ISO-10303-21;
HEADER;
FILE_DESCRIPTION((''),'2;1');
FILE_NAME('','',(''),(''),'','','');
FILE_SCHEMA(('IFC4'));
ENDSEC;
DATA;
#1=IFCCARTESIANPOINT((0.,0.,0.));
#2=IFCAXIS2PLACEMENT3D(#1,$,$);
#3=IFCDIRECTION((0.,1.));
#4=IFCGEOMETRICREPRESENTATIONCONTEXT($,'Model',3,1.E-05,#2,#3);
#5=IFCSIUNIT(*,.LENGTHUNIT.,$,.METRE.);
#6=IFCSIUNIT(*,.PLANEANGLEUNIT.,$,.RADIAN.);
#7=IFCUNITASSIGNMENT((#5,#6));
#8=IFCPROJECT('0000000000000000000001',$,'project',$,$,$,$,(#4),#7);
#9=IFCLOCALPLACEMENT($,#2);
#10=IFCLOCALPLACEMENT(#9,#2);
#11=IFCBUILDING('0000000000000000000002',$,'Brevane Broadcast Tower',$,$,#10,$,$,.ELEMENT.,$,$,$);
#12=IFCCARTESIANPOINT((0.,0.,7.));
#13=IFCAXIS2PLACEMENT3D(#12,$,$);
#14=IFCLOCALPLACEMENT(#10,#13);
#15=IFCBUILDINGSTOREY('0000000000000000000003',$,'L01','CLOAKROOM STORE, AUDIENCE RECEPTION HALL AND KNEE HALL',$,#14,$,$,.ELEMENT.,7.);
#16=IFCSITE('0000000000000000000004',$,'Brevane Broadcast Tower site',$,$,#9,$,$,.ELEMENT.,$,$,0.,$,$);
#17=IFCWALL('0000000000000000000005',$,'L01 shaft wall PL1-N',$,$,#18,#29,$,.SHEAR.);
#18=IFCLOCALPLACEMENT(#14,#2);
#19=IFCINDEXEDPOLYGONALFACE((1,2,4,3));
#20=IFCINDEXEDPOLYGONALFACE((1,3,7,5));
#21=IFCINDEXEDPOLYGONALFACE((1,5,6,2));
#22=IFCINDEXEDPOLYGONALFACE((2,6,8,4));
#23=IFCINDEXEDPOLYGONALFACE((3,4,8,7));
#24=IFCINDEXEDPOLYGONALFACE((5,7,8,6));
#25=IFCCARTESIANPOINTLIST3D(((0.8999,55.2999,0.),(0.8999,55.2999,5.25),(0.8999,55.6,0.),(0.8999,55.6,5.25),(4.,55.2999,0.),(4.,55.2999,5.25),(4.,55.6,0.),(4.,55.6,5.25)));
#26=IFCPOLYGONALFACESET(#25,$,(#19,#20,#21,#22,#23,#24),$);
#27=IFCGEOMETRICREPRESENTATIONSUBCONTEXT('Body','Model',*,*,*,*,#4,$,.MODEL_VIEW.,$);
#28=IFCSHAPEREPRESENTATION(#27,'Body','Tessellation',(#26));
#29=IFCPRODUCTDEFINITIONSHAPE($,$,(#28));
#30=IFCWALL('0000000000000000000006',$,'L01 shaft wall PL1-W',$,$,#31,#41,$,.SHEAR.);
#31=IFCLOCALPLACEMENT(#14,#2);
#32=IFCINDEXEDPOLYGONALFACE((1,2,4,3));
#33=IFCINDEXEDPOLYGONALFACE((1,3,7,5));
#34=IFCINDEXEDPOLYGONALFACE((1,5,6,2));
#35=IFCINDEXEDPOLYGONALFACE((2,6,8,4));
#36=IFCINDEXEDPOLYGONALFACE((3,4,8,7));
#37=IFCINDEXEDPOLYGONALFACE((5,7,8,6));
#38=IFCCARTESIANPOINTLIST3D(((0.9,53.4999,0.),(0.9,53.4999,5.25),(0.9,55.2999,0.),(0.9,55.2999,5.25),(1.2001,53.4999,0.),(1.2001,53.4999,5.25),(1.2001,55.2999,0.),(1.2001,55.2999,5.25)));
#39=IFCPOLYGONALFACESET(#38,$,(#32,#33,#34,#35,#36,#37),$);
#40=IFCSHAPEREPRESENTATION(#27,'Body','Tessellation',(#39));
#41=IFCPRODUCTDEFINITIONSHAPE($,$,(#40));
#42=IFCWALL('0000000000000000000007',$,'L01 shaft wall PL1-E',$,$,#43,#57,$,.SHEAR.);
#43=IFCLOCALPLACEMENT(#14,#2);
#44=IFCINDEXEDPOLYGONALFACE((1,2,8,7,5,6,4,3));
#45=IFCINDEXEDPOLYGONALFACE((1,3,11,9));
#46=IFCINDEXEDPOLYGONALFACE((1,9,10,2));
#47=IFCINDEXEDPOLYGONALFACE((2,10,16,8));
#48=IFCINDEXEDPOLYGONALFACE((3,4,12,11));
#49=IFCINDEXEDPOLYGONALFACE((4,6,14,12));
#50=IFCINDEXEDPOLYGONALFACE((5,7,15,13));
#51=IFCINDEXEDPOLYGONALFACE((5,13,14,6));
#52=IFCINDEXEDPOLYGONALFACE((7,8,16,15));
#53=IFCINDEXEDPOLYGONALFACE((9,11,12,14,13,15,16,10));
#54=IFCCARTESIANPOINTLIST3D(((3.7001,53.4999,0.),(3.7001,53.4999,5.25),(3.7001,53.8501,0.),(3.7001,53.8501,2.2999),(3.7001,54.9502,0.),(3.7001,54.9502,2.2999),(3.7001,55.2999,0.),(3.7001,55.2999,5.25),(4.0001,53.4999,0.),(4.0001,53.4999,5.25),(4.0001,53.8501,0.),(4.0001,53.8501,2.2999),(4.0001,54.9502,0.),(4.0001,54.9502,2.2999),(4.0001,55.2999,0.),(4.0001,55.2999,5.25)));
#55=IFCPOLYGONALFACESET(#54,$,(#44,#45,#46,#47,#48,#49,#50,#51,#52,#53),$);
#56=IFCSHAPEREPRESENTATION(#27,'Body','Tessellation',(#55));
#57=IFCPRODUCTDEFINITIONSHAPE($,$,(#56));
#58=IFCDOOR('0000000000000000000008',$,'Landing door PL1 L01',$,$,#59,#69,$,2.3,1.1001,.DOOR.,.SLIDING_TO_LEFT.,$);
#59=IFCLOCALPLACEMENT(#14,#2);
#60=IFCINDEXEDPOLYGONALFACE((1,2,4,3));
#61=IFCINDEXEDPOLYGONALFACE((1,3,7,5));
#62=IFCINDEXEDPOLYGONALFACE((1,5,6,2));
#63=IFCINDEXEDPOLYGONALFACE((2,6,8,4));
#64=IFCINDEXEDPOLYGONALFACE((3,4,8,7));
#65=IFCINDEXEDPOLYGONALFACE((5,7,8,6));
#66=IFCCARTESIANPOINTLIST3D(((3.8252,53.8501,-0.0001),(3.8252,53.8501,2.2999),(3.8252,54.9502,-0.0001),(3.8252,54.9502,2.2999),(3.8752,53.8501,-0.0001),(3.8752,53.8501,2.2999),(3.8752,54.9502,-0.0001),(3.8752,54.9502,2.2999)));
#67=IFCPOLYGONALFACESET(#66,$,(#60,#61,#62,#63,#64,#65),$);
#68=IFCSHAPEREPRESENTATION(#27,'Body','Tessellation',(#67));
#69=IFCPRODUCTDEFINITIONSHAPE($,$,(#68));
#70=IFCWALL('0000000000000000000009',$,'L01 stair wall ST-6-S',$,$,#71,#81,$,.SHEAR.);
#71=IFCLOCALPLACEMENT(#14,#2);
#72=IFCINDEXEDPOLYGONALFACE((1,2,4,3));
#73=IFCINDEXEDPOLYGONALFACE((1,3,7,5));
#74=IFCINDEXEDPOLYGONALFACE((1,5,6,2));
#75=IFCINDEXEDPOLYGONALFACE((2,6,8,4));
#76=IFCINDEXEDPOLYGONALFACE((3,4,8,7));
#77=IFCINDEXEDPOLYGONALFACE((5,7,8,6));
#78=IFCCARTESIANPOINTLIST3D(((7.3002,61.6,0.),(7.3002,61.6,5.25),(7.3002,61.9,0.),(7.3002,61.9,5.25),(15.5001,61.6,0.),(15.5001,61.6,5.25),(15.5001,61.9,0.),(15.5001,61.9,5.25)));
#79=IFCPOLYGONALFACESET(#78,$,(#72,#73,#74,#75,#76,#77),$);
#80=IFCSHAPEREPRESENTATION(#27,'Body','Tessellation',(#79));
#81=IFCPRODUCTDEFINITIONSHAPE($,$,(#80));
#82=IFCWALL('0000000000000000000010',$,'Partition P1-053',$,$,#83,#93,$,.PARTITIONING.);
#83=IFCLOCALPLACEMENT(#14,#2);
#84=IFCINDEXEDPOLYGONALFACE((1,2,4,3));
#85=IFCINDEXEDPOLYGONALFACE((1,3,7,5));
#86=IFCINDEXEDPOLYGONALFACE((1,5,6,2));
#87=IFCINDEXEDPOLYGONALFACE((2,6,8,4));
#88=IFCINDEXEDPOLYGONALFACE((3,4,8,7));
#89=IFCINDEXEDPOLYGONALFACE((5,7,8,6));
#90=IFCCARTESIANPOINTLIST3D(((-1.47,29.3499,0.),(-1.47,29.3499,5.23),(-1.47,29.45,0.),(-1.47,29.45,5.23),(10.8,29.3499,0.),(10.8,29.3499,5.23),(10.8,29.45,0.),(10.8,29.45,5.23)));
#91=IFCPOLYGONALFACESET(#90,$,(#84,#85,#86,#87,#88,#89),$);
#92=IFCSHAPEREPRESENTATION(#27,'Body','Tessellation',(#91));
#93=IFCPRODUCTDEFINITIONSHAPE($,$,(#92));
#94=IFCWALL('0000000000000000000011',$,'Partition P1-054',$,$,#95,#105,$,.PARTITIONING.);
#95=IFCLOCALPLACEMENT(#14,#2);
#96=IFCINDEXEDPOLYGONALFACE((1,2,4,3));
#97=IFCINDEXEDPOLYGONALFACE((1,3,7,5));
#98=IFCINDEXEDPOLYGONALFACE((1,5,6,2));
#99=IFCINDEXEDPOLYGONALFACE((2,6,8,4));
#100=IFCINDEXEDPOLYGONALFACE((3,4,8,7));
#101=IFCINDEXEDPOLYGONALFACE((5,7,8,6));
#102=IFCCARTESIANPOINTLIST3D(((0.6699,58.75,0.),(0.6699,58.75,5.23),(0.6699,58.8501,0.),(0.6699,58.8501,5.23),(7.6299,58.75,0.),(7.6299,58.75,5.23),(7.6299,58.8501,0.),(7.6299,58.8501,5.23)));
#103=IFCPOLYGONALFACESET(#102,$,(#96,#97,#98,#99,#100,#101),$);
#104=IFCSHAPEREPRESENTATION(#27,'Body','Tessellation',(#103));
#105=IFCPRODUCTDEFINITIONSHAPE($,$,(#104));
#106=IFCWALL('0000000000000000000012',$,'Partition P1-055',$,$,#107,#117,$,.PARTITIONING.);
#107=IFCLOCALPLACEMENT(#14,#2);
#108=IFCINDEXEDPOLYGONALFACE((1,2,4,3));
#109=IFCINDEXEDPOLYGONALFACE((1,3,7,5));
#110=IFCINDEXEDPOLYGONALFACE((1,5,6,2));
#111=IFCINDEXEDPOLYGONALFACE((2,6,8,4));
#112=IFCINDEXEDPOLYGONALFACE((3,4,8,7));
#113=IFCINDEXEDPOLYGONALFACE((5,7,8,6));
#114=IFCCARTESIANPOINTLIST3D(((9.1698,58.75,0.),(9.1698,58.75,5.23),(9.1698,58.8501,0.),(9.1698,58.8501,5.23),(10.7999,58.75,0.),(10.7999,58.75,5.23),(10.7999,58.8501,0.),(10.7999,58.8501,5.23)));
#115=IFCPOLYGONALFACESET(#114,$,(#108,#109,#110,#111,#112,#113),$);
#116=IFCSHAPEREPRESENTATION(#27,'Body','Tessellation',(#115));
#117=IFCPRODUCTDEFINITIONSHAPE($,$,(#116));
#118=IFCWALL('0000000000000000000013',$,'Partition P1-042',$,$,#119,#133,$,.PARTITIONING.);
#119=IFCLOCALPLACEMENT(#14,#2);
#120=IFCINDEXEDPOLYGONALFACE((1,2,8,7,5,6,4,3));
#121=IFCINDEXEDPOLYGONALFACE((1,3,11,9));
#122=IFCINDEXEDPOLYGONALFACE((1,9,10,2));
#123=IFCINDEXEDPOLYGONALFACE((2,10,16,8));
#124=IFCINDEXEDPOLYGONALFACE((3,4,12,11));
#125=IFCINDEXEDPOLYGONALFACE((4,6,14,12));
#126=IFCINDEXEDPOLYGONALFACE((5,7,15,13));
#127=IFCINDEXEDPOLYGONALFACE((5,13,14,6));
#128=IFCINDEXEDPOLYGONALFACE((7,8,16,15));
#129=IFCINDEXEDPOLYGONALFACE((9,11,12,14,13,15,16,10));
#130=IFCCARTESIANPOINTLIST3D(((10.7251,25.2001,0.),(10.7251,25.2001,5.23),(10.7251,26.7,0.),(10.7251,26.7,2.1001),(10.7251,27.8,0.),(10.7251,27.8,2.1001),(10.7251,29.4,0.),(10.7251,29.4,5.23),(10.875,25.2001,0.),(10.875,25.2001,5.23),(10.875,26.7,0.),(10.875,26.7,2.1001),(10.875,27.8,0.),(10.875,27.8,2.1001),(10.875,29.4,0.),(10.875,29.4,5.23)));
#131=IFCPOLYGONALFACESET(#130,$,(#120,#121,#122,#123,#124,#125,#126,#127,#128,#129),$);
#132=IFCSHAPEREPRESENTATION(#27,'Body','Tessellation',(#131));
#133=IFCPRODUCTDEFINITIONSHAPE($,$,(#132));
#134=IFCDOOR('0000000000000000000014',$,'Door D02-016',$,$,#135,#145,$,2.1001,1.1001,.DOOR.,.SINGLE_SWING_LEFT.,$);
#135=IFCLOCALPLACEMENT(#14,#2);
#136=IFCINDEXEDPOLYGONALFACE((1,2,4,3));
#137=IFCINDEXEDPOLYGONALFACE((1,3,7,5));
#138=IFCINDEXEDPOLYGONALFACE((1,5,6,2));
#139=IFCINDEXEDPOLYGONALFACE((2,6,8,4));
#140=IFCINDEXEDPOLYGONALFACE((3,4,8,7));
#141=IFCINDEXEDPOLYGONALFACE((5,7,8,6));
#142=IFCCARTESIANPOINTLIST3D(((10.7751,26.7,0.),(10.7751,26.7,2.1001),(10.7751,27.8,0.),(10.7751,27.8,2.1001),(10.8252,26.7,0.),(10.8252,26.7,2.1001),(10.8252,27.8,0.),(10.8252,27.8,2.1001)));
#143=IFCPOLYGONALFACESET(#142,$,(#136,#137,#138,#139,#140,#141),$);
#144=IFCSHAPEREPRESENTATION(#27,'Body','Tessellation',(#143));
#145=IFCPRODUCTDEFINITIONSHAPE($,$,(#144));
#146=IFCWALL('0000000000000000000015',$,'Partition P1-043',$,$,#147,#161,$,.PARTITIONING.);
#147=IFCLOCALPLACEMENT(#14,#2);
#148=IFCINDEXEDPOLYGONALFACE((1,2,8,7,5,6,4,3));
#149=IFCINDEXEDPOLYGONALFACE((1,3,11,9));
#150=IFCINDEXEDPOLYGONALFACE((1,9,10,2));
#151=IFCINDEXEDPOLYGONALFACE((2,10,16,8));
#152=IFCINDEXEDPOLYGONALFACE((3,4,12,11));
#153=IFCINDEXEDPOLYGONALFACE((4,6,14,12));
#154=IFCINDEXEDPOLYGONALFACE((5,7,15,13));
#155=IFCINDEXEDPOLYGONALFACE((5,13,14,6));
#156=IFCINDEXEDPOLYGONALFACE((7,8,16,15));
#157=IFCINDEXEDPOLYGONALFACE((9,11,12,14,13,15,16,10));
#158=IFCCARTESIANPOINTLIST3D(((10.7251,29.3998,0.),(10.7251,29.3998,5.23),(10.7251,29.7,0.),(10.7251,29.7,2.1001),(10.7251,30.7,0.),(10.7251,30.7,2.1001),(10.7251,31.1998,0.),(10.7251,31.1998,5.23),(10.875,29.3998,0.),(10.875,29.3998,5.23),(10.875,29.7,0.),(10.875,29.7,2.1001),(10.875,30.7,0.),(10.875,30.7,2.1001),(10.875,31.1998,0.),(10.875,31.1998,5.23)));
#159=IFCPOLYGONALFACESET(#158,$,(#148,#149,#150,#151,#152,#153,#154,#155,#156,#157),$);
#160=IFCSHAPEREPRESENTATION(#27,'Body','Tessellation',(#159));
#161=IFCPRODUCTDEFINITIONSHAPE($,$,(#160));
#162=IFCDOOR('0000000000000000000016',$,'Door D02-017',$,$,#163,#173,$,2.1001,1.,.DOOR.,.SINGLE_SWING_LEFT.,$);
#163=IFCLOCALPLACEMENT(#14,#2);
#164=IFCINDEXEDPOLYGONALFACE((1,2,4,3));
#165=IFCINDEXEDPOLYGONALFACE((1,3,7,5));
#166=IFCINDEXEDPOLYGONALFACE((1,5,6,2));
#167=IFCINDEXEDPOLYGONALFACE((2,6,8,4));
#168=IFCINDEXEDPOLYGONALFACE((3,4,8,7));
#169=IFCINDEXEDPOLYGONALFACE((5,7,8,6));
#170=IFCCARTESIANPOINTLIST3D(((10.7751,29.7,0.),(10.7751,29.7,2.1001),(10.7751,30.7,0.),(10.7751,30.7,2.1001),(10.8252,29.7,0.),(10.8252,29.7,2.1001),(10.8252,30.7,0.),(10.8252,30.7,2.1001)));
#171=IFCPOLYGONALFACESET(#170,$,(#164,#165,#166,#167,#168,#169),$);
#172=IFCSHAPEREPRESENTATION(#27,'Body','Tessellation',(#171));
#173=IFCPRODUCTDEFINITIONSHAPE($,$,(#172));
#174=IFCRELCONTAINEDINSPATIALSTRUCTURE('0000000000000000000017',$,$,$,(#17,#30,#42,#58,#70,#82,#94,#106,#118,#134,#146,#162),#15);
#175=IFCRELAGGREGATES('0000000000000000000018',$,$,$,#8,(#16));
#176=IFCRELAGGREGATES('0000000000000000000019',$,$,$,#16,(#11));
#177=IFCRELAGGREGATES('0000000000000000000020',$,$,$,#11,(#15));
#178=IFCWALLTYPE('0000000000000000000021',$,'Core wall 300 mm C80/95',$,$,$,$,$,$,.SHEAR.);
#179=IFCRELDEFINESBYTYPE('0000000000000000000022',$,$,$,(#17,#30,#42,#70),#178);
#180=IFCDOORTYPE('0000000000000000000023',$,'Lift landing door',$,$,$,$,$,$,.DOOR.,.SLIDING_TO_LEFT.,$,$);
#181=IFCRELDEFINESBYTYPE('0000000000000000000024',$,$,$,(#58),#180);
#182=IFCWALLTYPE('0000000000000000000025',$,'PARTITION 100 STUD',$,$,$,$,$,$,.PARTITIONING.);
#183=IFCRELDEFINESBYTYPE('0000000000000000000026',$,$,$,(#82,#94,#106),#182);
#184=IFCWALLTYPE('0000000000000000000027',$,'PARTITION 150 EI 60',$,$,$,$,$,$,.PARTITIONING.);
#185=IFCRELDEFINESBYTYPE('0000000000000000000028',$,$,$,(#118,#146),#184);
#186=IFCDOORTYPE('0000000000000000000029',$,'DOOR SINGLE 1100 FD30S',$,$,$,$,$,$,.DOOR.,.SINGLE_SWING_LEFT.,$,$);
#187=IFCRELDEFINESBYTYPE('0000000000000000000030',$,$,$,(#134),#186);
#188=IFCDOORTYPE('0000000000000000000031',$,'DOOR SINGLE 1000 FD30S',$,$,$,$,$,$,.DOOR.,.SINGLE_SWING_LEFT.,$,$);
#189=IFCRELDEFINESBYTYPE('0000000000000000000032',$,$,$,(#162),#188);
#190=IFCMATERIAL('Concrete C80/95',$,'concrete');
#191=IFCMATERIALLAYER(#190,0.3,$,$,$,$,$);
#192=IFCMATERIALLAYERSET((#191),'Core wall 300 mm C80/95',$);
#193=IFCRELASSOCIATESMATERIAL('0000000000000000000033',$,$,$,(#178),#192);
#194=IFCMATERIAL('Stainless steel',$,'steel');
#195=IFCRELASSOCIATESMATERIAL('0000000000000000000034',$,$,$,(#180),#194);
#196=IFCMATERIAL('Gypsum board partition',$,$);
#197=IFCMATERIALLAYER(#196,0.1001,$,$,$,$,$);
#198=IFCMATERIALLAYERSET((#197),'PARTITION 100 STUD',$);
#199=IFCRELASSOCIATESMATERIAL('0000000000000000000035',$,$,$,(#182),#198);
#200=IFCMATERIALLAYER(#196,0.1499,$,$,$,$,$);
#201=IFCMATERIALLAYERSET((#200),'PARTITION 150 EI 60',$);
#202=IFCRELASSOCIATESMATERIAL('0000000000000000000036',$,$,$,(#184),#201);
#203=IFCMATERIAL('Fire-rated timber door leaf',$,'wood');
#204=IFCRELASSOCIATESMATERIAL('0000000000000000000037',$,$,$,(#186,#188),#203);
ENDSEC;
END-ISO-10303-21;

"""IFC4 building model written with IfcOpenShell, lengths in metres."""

from ifc_helpers import new_model, si_unit, direction, frame, frame_2d, origin, place, context, subcontext, project, spatial, rectangle, extrude, material, layer, layer_set, type_object, element, fill, save


model = new_model("IFC4")

# Units and contexts
model_context = context("Model", 3, precision=1e-05, world=origin(), true_north=direction((0.0, 1.0)))
body_context = subcontext(model_context, "Body", "Model", "MODEL_VIEW")
ifc_project = project(units=[si_unit("LENGTHUNIT", "METRE"), si_unit("PLANEANGLEUNIT", "RADIAN")], contexts=[model_context])

# Site, building, storey
site_placement = place(None, origin())
site = spatial("IfcSite", under=ifc_project, at=site_placement, Name="Brevane Broadcast Tower site", CompositionType="ELEMENT", RefElevation=0.0)
building_placement = place(site_placement, origin())
building = spatial("IfcBuilding", under=site, at=building_placement, Name="Brevane Broadcast Tower", CompositionType="ELEMENT")
storey_placement = place(building_placement, frame((0.0, 0.0, 7.0)))
storey = spatial("IfcBuildingStorey", under=building, at=storey_placement, Name="L01", Description="CLOAKROOM STORE, AUDIENCE RECEPTION HALL AND KNEE HALL", CompositionType="ELEMENT", Elevation=7.0)

# Shared definitions
ifc_material_1 = material(Name="Concrete C80/95", Category="concrete")

# Walls
ifc_layer_1 = layer(ifc_material_1, 0.3)
ifc_layer_set_1 = layer_set([ifc_layer_1], Name="Core wall 300 mm C80/95")
wall_type_1 = type_object("IfcWallType", Name="Core wall 300 mm C80/95", PredefinedType="SHEAR", material=ifc_layer_set_1)
for number, where, z_axis, x_axis, name in (
    (1, (0.8999, 55.45, 0.0), (0.0, 0.0, 1.0), (1.0, 0.0, 0.0), "L01 shaft wall PL1-N"),
):
    element("IfcWall", number, at=place(storey_placement, frame(where, z_axis=z_axis, x_axis=x_axis)), inside=storey, type_object=wall_type_1, Name=name, PredefinedType="SHEAR", context=body_context, shape_type="SweptSolid", body=[
        extrude(rectangle(XDim=3.1001, YDim=0.3, at=frame_2d((1.55, 0.0))), origin(), (0.0, 0.0, 1.0), 5.25),
    ])
wall_1_placement = place(storey_placement, frame((1.05, 53.5, 0.0), z_axis=(0.0, 0.0, 1.0), x_axis=(0.0, 1.0, 0.0)))
element("IfcWall", 2, at=wall_1_placement, inside=storey, type_object=wall_type_1, Name="L01 shaft wall PL1-W", PredefinedType="SHEAR", context=body_context, shape_type="SweptSolid", body=[
    extrude(rectangle(XDim=1.8, YDim=0.3, at=frame_2d((0.8999, 0.0))), origin(), (0.0, 0.0, 1.0), 5.25),
])

# Wall, opening, door
wall_2_placement = place(storey_placement, frame((3.8501, 53.5, 0.0), z_axis=(0.0, 0.0, 1.0), x_axis=(0.0, 1.0, 0.0)))
wall_2 = element("IfcWall", 3, at=wall_2_placement, inside=storey, type_object=wall_type_1, Name="L01 shaft wall PL1-E", PredefinedType="SHEAR", context=body_context, shape_type="SweptSolid", body=[
    extrude(rectangle(XDim=1.8, YDim=0.3, at=frame_2d((0.8999, 0.0))), origin(), (0.0, 0.0, 1.0), 5.25),
])
opening_1_placement = place(wall_2_placement, frame((0.3501, 0.0, 0.0)))
opening_1 = element("IfcOpeningElement", 4, at=opening_1_placement, cuts=wall_2, PredefinedType="OPENING", context=body_context, shape_type="SweptSolid", body=[
    extrude(rectangle(XDim=1.1001, YDim=2.3, at=frame_2d((0.55, 1.1499))), frame((0.0, 0.1599, 0.0), z_axis=(0.0, -1.0, 0.0), x_axis=(1.0, 0.0, 0.0)), (0.0, 0.0, 1.0), 0.3201),
])
ifc_material_2 = material(Name="Stainless steel", Category="steel")
door_type_1 = type_object("IfcDoorType", Name="Lift landing door", OperationType="SLIDING_TO_LEFT", PredefinedType="DOOR", material=ifc_material_2)
door_1_placement = place(opening_1_placement, origin())
door_1 = element("IfcDoor", 5, at=door_1_placement, inside=storey, type_object=door_type_1, Name="Landing door PL1 L01", OperationType="SLIDING_TO_LEFT", OverallHeight=2.3, OverallWidth=1.1001, PredefinedType="DOOR", context=body_context, shape_type="SweptSolid", body=[
    extrude(rectangle(XDim=1.1001, YDim=2.3, at=frame_2d((0.55, 1.1499))), frame((0.0, 0.0249, 0.0), z_axis=(0.0, -1.0, 0.0), x_axis=(1.0, 0.0, 0.0)), (0.0, 0.0, 1.0), 0.05),
])
fill(opening_1, door_1)

# Walls
wall_3_placement = place(storey_placement, frame((7.3, 61.75, 0.0), z_axis=(0.0, 0.0, 1.0), x_axis=(1.0, 0.0, 0.0)))
element("IfcWall", 6, at=wall_3_placement, inside=storey, type_object=wall_type_1, Name="L01 stair wall ST-6-S", PredefinedType="SHEAR", context=body_context, shape_type="SweptSolid", body=[
    extrude(rectangle(XDim=8.2, YDim=0.3, at=frame_2d((4.1001, 0.0))), origin(), (0.0, 0.0, 1.0), 5.25),
])
ifc_material_3 = material(Name="Gypsum board partition")
ifc_layer_2 = layer(ifc_material_3, 0.1001)
ifc_layer_set_2 = layer_set([ifc_layer_2], Name="PARTITION 100 STUD")
wall_type_2 = type_object("IfcWallType", Name="PARTITION 100 STUD", PredefinedType="PARTITIONING", material=ifc_layer_set_2)
wall_4_placement = place(storey_placement, frame((-1.47, 29.3999, 0.0), z_axis=(0.0, 0.0, 1.0), x_axis=(1.0, 0.0, 0.0)))
element("IfcWall", 7, at=wall_4_placement, inside=storey, type_object=wall_type_2, Name="Partition P1-053", PredefinedType="PARTITIONING", context=body_context, shape_type="SweptSolid", body=[
    extrude(rectangle(XDim=12.27, YDim=0.1001, at=frame_2d((6.135, 0.0))), origin(), (0.0, 0.0, 1.0), 5.23),
])
wall_5_placement = place(storey_placement, frame((0.6699, 58.8, 0.0), z_axis=(0.0, 0.0, 1.0), x_axis=(1.0, 0.0, 0.0)))
element("IfcWall", 8, at=wall_5_placement, inside=storey, type_object=wall_type_2, Name="Partition P1-054", PredefinedType="PARTITIONING", context=body_context, shape_type="SweptSolid", body=[
    extrude(rectangle(XDim=6.96, YDim=0.1001, at=frame_2d((3.48, 0.0))), origin(), (0.0, 0.0, 1.0), 5.23),
])
wall_6_placement = place(storey_placement, frame((9.1699, 58.8, 0.0), z_axis=(0.0, 0.0, 1.0), x_axis=(1.0, 0.0, 0.0)))
element("IfcWall", 9, at=wall_6_placement, inside=storey, type_object=wall_type_2, Name="Partition P1-055", PredefinedType="PARTITIONING", context=body_context, shape_type="SweptSolid", body=[
    extrude(rectangle(XDim=1.6301, YDim=0.1001, at=frame_2d((0.8149, 0.0))), origin(), (0.0, 0.0, 1.0), 5.23),
])

# Walls, openings, doors
ifc_layer_3 = layer(ifc_material_3, 0.1499)
ifc_layer_set_3 = layer_set([ifc_layer_3], Name="PARTITION 150 EI 60")
wall_type_3 = type_object("IfcWallType", Name="PARTITION 150 EI 60", PredefinedType="PARTITIONING", material=ifc_layer_set_3)
wall_7_placement = place(storey_placement, frame((10.8, 25.2, 0.0), z_axis=(0.0, 0.0, 1.0), x_axis=(0.0, 1.0, 0.0)))
wall_7 = element("IfcWall", 10, at=wall_7_placement, inside=storey, type_object=wall_type_3, Name="Partition P1-042", PredefinedType="PARTITIONING", context=body_context, shape_type="SweptSolid", body=[
    extrude(rectangle(XDim=4.2, YDim=0.1499, at=frame_2d((2.1001, 0.0))), origin(), (0.0, 0.0, 1.0), 5.23),
])
opening_2_placement = place(wall_7_placement, frame((1.5, 0.0, 0.0)))
opening_2 = element("IfcOpeningElement", 11, at=opening_2_placement, cuts=wall_7, PredefinedType="OPENING", context=body_context, shape_type="SweptSolid", body=[
    extrude(rectangle(XDim=1.1001, YDim=2.1001, at=frame_2d((0.55, 1.05))), frame((0.0, 0.085, 0.0), z_axis=(0.0, -1.0, 0.0), x_axis=(1.0, 0.0, 0.0)), (0.0, 0.0, 1.0), 0.1699),
])
ifc_material_4 = material(Name="Fire-rated timber door leaf", Category="wood")
door_type_2 = type_object("IfcDoorType", Name="DOOR SINGLE 1100 FD30S", OperationType="SINGLE_SWING_LEFT", PredefinedType="DOOR", material=ifc_material_4)
door_2_placement = place(opening_2_placement, origin())
door_2 = element("IfcDoor", 12, at=door_2_placement, inside=storey, type_object=door_type_2, Name="Door D02-016", OperationType="SINGLE_SWING_LEFT", OverallHeight=2.1001, OverallWidth=1.1001, PredefinedType="DOOR", context=body_context, shape_type="SweptSolid", body=[
    extrude(rectangle(XDim=1.1001, YDim=2.1001, at=frame_2d((0.55, 1.05))), frame((0.0, 0.0249, 0.0), z_axis=(0.0, -1.0, 0.0), x_axis=(1.0, 0.0, 0.0)), (0.0, 0.0, 1.0), 0.05),
])
fill(opening_2, door_2)
wall_8_placement = place(storey_placement, frame((10.8, 29.3999, 0.0), z_axis=(0.0, 0.0, 1.0), x_axis=(0.0, 1.0, 0.0)))
wall_8 = element("IfcWall", 13, at=wall_8_placement, inside=storey, type_object=wall_type_3, Name="Partition P1-043", PredefinedType="PARTITIONING", context=body_context, shape_type="SweptSolid", body=[
    extrude(rectangle(XDim=1.8, YDim=0.1499, at=frame_2d((0.8999, 0.0))), origin(), (0.0, 0.0, 1.0), 5.23),
])
opening_3_placement = place(wall_8_placement, frame((0.3, 0.0, 0.0)))
opening_3 = element("IfcOpeningElement", 14, at=opening_3_placement, cuts=wall_8, PredefinedType="OPENING", context=body_context, shape_type="SweptSolid", body=[
    extrude(rectangle(XDim=1.0, YDim=2.1001, at=frame_2d((0.5, 1.05))), frame((0.0, 0.085, 0.0), z_axis=(0.0, -1.0, 0.0), x_axis=(1.0, 0.0, 0.0)), (0.0, 0.0, 1.0), 0.1699),
])
door_type_3 = type_object("IfcDoorType", Name="DOOR SINGLE 1000 FD30S", OperationType="SINGLE_SWING_LEFT", PredefinedType="DOOR", material=ifc_material_4)
door_3_placement = place(opening_3_placement, origin())
door_3 = element("IfcDoor", 15, at=door_3_placement, inside=storey, type_object=door_type_3, Name="Door D02-017", OperationType="SINGLE_SWING_LEFT", OverallHeight=2.1001, OverallWidth=1.0, PredefinedType="DOOR", context=body_context, shape_type="SweptSolid", body=[
    extrude(rectangle(XDim=1.0, YDim=2.1001, at=frame_2d((0.5, 1.05))), frame((0.0, 0.0249, 0.0), z_axis=(0.0, -1.0, 0.0), x_axis=(1.0, 0.0, 0.0)), (0.0, 0.0, 1.0), 0.05),
])
fill(opening_3, door_3)

save(model, "model.ifc")
